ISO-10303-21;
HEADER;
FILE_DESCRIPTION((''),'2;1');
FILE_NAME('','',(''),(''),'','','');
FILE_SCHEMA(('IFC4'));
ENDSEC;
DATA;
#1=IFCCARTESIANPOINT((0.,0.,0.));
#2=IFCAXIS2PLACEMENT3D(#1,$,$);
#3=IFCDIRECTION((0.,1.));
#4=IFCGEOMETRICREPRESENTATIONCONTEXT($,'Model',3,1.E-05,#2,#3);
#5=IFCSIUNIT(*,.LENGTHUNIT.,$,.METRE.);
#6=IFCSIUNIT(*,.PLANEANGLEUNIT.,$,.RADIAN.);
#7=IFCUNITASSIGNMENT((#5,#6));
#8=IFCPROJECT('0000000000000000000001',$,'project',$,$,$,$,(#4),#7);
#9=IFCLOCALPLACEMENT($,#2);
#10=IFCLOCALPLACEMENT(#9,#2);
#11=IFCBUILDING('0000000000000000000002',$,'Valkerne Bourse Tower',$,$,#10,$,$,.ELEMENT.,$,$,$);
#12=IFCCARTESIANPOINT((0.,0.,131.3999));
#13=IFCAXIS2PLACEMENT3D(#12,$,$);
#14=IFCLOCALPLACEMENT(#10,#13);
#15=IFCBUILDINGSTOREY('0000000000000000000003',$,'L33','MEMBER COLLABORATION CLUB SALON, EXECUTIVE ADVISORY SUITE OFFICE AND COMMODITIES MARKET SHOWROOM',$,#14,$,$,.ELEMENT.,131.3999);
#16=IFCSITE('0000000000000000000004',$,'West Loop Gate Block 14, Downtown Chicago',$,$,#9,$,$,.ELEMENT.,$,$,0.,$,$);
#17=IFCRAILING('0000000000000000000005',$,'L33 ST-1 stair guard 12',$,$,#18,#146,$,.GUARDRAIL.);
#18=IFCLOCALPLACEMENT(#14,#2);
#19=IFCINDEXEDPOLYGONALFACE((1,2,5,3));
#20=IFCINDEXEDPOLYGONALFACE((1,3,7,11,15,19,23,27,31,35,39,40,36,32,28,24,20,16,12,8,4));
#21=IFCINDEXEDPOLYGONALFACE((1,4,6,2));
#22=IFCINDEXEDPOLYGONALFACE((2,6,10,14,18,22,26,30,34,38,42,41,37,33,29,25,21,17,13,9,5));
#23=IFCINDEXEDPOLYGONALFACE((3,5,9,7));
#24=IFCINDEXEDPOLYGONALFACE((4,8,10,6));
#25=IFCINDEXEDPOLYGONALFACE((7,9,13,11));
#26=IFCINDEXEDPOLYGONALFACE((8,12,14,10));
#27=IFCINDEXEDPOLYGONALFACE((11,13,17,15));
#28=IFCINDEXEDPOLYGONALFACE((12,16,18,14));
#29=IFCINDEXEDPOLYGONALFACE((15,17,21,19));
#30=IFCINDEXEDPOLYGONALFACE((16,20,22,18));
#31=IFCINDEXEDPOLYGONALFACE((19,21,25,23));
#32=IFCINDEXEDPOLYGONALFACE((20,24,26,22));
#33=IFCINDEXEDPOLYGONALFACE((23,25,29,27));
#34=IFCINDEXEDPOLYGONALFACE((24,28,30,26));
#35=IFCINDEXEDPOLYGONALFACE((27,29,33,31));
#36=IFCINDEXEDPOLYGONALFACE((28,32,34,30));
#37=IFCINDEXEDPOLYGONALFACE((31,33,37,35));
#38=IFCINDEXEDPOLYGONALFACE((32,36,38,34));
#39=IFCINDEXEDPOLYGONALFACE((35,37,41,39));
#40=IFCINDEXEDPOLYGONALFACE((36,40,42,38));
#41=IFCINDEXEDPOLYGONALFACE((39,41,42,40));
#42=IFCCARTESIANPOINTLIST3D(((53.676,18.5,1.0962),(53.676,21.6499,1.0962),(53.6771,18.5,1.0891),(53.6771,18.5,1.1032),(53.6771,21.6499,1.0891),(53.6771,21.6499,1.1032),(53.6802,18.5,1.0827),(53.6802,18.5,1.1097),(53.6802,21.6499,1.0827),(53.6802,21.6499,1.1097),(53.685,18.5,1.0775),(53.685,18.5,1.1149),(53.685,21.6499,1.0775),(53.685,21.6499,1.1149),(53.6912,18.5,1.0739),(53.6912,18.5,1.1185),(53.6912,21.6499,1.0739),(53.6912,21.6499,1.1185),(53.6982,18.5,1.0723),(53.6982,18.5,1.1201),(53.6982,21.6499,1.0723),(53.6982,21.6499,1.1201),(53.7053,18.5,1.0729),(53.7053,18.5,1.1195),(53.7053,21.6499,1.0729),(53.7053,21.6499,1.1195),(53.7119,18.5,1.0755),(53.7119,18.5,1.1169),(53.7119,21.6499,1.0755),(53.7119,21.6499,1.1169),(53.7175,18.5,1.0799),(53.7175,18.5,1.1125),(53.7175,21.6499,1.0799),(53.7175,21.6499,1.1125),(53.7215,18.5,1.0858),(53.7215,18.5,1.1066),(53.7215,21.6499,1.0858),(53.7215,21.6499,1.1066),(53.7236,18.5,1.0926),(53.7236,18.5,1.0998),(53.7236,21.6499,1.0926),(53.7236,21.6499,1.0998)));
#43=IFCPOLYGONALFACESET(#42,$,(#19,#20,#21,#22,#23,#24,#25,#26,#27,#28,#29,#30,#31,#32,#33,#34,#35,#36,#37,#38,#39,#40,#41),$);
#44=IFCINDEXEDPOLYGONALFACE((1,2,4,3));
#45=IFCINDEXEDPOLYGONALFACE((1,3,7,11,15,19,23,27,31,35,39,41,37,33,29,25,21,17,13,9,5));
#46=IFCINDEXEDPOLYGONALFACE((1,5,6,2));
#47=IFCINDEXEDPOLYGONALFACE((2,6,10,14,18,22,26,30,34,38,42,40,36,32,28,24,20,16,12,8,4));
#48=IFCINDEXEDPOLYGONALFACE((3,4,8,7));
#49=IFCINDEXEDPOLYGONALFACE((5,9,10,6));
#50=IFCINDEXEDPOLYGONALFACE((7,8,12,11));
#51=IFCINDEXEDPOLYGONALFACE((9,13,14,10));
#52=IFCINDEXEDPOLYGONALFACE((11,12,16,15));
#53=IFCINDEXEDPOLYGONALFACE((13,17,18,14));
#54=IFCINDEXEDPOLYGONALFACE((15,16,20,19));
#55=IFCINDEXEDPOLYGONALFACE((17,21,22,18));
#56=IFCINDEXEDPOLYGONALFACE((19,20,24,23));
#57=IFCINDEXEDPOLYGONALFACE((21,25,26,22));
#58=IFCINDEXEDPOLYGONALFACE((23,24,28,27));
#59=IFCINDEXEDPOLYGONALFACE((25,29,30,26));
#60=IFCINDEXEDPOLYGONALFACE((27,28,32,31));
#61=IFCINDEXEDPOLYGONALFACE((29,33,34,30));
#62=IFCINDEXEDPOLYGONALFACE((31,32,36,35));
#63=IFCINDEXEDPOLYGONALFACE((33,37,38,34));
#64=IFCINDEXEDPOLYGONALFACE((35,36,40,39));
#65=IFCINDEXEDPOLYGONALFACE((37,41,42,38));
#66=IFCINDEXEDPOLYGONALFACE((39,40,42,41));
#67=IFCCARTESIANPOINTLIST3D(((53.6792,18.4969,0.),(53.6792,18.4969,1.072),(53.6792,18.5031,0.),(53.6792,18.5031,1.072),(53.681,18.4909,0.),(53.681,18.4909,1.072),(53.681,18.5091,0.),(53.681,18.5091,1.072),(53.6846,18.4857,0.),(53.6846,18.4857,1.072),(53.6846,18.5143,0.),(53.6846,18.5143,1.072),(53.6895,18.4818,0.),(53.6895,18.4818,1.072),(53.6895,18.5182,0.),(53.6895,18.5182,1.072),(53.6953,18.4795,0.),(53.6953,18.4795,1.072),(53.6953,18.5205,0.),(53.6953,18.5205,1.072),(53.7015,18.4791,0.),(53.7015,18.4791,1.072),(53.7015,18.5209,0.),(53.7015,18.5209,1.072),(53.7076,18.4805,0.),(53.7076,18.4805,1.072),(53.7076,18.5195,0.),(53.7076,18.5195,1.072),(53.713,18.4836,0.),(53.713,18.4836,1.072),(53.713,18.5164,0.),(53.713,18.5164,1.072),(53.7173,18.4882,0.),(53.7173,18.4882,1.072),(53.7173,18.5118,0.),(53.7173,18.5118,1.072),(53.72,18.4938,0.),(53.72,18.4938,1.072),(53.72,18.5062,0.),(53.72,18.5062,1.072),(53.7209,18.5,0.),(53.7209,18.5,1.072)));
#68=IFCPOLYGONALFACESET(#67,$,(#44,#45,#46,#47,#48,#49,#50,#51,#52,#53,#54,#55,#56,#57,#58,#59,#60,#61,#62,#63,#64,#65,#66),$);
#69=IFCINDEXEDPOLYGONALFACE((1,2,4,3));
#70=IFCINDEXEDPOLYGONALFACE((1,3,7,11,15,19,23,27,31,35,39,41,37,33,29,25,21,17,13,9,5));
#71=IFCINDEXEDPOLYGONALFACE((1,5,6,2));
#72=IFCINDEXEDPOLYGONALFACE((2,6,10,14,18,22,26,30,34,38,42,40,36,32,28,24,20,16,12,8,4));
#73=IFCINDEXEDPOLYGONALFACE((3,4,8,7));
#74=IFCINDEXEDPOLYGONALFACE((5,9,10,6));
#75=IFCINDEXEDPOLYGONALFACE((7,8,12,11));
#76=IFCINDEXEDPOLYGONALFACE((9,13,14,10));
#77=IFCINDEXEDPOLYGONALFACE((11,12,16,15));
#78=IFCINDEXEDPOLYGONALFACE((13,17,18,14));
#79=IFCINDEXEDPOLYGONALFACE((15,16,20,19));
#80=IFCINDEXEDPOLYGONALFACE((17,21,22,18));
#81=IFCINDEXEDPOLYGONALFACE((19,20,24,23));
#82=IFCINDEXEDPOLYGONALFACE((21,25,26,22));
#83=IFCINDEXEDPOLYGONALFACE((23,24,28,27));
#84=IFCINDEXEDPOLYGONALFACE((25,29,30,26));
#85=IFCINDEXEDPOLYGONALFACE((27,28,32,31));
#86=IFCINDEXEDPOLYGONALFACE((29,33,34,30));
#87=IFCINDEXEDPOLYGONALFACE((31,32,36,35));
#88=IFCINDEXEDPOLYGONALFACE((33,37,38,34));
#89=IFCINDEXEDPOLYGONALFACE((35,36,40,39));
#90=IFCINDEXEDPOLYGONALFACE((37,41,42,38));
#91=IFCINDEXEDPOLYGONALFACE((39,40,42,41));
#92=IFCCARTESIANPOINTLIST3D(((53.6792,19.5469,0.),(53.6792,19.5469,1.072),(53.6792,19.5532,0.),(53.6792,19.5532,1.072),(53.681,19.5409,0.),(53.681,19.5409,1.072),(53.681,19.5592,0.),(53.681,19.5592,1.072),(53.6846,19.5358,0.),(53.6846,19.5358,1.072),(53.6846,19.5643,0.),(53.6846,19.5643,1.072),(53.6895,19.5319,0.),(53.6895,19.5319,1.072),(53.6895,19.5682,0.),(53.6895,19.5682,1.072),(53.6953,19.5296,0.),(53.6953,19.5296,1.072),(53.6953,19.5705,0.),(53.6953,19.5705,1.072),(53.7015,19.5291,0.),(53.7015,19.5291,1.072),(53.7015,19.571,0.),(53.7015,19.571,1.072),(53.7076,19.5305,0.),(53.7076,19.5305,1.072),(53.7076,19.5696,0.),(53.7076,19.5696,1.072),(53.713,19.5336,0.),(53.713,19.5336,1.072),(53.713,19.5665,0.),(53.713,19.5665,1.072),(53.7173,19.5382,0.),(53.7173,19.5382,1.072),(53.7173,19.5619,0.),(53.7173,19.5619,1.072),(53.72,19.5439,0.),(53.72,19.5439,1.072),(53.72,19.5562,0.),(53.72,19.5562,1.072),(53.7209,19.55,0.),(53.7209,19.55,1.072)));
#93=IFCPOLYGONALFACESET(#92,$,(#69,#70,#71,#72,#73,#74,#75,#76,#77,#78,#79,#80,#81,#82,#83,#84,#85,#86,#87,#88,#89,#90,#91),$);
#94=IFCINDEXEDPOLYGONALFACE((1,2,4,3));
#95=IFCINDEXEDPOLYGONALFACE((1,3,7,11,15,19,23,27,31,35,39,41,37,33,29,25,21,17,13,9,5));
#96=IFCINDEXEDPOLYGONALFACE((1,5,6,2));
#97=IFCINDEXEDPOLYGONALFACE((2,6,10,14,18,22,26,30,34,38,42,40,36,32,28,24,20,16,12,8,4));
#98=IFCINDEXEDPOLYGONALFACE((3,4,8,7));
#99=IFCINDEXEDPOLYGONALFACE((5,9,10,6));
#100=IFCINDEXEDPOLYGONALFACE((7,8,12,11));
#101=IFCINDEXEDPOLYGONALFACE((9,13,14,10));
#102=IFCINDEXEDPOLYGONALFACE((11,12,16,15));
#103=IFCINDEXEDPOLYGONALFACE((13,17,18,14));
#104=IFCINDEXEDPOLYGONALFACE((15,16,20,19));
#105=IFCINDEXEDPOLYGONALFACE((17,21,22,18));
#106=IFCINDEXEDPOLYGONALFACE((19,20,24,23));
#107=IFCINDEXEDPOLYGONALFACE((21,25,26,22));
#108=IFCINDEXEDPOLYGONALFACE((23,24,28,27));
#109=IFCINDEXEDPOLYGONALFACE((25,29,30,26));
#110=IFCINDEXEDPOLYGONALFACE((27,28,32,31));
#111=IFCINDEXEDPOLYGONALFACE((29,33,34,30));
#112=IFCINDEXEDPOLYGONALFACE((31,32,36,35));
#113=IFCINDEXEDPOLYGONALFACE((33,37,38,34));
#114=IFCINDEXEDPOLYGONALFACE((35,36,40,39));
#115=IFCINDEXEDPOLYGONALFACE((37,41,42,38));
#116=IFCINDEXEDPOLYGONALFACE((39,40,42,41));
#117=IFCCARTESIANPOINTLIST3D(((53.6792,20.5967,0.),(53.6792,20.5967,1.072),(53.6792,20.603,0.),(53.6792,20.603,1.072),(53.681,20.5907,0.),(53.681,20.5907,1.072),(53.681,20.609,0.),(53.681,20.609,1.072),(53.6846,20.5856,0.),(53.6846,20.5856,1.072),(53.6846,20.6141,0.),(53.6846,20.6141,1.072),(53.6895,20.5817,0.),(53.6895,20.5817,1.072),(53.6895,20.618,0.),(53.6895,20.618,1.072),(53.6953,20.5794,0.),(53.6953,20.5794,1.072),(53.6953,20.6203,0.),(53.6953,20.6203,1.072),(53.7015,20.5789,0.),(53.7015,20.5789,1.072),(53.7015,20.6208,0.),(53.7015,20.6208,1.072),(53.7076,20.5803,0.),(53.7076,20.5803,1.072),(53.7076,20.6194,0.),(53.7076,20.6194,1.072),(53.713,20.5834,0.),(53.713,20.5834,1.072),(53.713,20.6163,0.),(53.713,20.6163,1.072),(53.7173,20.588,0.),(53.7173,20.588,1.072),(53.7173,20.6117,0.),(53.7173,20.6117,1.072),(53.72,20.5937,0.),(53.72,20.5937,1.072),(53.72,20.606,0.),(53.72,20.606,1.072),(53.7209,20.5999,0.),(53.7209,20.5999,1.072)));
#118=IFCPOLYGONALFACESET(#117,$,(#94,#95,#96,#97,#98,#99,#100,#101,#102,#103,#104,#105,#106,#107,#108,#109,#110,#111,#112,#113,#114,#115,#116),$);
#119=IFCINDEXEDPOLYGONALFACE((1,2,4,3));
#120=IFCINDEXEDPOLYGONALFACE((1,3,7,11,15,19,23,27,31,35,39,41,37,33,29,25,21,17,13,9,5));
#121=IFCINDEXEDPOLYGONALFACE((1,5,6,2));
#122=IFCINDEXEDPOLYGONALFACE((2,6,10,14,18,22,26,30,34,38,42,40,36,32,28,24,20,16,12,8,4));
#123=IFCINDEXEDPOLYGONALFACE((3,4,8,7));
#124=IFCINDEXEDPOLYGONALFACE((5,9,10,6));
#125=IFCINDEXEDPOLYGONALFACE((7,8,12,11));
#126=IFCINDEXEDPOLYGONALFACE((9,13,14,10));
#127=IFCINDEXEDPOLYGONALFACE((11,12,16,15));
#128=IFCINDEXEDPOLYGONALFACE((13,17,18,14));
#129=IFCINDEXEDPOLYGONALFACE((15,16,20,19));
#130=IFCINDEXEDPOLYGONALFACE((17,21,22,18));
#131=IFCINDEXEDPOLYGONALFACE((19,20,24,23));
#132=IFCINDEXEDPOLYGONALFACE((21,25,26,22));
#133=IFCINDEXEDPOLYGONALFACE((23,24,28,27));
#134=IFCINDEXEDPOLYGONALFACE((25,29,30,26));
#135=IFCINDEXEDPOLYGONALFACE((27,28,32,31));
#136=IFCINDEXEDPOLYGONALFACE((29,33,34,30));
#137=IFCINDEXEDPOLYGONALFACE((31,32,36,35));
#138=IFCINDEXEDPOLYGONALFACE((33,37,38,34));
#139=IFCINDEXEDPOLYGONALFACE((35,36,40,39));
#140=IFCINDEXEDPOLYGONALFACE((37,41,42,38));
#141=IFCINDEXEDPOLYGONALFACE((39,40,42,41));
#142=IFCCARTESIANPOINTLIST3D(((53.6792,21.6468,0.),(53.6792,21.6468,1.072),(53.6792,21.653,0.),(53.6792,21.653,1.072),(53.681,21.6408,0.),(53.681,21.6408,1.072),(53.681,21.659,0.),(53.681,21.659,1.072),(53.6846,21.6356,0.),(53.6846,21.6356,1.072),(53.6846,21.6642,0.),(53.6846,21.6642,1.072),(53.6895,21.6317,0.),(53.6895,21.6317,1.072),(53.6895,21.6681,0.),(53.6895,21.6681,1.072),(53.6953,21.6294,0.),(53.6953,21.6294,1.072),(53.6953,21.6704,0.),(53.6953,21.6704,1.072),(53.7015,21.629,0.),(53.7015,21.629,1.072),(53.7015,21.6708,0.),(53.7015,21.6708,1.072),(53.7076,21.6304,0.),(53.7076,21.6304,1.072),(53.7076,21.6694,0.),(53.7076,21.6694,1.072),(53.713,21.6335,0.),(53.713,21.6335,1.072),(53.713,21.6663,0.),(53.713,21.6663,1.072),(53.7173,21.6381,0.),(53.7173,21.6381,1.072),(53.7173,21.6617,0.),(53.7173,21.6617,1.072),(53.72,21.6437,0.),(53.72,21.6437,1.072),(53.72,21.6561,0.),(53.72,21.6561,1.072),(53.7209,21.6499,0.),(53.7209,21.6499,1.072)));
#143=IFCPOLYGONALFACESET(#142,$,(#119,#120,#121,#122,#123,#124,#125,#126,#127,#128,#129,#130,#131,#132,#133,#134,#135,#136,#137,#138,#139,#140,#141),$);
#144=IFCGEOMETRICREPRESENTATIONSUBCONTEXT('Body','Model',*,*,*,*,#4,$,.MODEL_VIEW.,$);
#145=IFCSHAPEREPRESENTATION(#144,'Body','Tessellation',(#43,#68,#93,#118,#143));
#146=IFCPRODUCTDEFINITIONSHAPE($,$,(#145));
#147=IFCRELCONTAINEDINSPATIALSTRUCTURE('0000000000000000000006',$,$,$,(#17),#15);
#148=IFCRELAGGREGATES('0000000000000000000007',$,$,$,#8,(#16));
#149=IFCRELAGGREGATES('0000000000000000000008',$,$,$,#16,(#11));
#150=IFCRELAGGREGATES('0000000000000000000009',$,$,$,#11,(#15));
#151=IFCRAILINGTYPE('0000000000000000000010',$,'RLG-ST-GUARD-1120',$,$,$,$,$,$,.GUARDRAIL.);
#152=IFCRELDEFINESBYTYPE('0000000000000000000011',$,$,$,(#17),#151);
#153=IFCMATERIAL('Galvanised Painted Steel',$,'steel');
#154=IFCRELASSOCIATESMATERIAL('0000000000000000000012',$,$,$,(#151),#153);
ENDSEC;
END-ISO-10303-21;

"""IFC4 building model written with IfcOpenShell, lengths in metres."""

from ifc_helpers import new_model, si_unit, direction, frame, origin, origin_2d, place, context, subcontext, project, spatial, circle, extrude, material, type_object, element, save


model = new_model("IFC4")

# Units and contexts
model_context = context("Model", 3, precision=1e-05, world=origin(), true_north=direction((0.0, 1.0)))
body_context = subcontext(model_context, "Body", "Model", "MODEL_VIEW")
ifc_project = project(units=[si_unit("LENGTHUNIT", "METRE"), si_unit("PLANEANGLEUNIT", "RADIAN")], contexts=[model_context])

# Site, building, storey
site_placement = place(None, origin())
site = spatial("IfcSite", under=ifc_project, at=site_placement, Name="West Loop Gate Block 14, Downtown Chicago", CompositionType="ELEMENT", RefElevation=0.0)
building_placement = place(site_placement, origin())
building = spatial("IfcBuilding", under=site, at=building_placement, Name="Valkerne Bourse Tower", CompositionType="ELEMENT")
storey_placement = place(building_placement, frame((0.0, 0.0, 131.3999)))
storey = spatial("IfcBuildingStorey", under=building, at=storey_placement, Name="L33", Description="MEMBER COLLABORATION CLUB SALON, EXECUTIVE ADVISORY SUITE OFFICE AND COMMODITIES MARKET SHOWROOM", CompositionType="ELEMENT", Elevation=131.3999)

# Shared definitions
ifc_material_1 = material(Name="Galvanised Painted Steel", Category="steel")

# Railing
railing_type_1 = type_object("IfcRailingType", Name="RLG-ST-GUARD-1120", PredefinedType="GUARDRAIL", material=ifc_material_1)
railing_1_placement = place(storey_placement, frame((53.7, 18.5, 0.0)))
element("IfcRailing", 1, at=railing_1_placement, inside=storey, type_object=railing_type_1, Name="L33 ST-1 stair guard 12", PredefinedType="GUARDRAIL", context=body_context, shape_type="SweptSolid", body=[
    extrude(circle(Radius=0.0239, at=origin_2d()), frame((0.0, 0.0, 1.0962), z_axis=(0.0, 1.0, 0.0), x_axis=(-1.0, 0.0, 0.0)), (0.0, 0.0, 1.0), 3.1499),
    extrude(circle(Radius=0.021, at=origin_2d()), origin(), (0.0, 0.0, 1.0), 1.072),
    extrude(circle(Radius=0.021, at=origin_2d()), frame((0.0, 1.05, 0.0)), (0.0, 0.0, 1.0), 1.072),
    extrude(circle(Radius=0.021, at=origin_2d()), frame((0.0, 2.0999, 0.0)), (0.0, 0.0, 1.0), 1.072),
    extrude(circle(Radius=0.021, at=origin_2d()), frame((0.0, 3.1499, 0.0)), (0.0, 0.0, 1.0), 1.072),
])

save(model, "model.ifc")
